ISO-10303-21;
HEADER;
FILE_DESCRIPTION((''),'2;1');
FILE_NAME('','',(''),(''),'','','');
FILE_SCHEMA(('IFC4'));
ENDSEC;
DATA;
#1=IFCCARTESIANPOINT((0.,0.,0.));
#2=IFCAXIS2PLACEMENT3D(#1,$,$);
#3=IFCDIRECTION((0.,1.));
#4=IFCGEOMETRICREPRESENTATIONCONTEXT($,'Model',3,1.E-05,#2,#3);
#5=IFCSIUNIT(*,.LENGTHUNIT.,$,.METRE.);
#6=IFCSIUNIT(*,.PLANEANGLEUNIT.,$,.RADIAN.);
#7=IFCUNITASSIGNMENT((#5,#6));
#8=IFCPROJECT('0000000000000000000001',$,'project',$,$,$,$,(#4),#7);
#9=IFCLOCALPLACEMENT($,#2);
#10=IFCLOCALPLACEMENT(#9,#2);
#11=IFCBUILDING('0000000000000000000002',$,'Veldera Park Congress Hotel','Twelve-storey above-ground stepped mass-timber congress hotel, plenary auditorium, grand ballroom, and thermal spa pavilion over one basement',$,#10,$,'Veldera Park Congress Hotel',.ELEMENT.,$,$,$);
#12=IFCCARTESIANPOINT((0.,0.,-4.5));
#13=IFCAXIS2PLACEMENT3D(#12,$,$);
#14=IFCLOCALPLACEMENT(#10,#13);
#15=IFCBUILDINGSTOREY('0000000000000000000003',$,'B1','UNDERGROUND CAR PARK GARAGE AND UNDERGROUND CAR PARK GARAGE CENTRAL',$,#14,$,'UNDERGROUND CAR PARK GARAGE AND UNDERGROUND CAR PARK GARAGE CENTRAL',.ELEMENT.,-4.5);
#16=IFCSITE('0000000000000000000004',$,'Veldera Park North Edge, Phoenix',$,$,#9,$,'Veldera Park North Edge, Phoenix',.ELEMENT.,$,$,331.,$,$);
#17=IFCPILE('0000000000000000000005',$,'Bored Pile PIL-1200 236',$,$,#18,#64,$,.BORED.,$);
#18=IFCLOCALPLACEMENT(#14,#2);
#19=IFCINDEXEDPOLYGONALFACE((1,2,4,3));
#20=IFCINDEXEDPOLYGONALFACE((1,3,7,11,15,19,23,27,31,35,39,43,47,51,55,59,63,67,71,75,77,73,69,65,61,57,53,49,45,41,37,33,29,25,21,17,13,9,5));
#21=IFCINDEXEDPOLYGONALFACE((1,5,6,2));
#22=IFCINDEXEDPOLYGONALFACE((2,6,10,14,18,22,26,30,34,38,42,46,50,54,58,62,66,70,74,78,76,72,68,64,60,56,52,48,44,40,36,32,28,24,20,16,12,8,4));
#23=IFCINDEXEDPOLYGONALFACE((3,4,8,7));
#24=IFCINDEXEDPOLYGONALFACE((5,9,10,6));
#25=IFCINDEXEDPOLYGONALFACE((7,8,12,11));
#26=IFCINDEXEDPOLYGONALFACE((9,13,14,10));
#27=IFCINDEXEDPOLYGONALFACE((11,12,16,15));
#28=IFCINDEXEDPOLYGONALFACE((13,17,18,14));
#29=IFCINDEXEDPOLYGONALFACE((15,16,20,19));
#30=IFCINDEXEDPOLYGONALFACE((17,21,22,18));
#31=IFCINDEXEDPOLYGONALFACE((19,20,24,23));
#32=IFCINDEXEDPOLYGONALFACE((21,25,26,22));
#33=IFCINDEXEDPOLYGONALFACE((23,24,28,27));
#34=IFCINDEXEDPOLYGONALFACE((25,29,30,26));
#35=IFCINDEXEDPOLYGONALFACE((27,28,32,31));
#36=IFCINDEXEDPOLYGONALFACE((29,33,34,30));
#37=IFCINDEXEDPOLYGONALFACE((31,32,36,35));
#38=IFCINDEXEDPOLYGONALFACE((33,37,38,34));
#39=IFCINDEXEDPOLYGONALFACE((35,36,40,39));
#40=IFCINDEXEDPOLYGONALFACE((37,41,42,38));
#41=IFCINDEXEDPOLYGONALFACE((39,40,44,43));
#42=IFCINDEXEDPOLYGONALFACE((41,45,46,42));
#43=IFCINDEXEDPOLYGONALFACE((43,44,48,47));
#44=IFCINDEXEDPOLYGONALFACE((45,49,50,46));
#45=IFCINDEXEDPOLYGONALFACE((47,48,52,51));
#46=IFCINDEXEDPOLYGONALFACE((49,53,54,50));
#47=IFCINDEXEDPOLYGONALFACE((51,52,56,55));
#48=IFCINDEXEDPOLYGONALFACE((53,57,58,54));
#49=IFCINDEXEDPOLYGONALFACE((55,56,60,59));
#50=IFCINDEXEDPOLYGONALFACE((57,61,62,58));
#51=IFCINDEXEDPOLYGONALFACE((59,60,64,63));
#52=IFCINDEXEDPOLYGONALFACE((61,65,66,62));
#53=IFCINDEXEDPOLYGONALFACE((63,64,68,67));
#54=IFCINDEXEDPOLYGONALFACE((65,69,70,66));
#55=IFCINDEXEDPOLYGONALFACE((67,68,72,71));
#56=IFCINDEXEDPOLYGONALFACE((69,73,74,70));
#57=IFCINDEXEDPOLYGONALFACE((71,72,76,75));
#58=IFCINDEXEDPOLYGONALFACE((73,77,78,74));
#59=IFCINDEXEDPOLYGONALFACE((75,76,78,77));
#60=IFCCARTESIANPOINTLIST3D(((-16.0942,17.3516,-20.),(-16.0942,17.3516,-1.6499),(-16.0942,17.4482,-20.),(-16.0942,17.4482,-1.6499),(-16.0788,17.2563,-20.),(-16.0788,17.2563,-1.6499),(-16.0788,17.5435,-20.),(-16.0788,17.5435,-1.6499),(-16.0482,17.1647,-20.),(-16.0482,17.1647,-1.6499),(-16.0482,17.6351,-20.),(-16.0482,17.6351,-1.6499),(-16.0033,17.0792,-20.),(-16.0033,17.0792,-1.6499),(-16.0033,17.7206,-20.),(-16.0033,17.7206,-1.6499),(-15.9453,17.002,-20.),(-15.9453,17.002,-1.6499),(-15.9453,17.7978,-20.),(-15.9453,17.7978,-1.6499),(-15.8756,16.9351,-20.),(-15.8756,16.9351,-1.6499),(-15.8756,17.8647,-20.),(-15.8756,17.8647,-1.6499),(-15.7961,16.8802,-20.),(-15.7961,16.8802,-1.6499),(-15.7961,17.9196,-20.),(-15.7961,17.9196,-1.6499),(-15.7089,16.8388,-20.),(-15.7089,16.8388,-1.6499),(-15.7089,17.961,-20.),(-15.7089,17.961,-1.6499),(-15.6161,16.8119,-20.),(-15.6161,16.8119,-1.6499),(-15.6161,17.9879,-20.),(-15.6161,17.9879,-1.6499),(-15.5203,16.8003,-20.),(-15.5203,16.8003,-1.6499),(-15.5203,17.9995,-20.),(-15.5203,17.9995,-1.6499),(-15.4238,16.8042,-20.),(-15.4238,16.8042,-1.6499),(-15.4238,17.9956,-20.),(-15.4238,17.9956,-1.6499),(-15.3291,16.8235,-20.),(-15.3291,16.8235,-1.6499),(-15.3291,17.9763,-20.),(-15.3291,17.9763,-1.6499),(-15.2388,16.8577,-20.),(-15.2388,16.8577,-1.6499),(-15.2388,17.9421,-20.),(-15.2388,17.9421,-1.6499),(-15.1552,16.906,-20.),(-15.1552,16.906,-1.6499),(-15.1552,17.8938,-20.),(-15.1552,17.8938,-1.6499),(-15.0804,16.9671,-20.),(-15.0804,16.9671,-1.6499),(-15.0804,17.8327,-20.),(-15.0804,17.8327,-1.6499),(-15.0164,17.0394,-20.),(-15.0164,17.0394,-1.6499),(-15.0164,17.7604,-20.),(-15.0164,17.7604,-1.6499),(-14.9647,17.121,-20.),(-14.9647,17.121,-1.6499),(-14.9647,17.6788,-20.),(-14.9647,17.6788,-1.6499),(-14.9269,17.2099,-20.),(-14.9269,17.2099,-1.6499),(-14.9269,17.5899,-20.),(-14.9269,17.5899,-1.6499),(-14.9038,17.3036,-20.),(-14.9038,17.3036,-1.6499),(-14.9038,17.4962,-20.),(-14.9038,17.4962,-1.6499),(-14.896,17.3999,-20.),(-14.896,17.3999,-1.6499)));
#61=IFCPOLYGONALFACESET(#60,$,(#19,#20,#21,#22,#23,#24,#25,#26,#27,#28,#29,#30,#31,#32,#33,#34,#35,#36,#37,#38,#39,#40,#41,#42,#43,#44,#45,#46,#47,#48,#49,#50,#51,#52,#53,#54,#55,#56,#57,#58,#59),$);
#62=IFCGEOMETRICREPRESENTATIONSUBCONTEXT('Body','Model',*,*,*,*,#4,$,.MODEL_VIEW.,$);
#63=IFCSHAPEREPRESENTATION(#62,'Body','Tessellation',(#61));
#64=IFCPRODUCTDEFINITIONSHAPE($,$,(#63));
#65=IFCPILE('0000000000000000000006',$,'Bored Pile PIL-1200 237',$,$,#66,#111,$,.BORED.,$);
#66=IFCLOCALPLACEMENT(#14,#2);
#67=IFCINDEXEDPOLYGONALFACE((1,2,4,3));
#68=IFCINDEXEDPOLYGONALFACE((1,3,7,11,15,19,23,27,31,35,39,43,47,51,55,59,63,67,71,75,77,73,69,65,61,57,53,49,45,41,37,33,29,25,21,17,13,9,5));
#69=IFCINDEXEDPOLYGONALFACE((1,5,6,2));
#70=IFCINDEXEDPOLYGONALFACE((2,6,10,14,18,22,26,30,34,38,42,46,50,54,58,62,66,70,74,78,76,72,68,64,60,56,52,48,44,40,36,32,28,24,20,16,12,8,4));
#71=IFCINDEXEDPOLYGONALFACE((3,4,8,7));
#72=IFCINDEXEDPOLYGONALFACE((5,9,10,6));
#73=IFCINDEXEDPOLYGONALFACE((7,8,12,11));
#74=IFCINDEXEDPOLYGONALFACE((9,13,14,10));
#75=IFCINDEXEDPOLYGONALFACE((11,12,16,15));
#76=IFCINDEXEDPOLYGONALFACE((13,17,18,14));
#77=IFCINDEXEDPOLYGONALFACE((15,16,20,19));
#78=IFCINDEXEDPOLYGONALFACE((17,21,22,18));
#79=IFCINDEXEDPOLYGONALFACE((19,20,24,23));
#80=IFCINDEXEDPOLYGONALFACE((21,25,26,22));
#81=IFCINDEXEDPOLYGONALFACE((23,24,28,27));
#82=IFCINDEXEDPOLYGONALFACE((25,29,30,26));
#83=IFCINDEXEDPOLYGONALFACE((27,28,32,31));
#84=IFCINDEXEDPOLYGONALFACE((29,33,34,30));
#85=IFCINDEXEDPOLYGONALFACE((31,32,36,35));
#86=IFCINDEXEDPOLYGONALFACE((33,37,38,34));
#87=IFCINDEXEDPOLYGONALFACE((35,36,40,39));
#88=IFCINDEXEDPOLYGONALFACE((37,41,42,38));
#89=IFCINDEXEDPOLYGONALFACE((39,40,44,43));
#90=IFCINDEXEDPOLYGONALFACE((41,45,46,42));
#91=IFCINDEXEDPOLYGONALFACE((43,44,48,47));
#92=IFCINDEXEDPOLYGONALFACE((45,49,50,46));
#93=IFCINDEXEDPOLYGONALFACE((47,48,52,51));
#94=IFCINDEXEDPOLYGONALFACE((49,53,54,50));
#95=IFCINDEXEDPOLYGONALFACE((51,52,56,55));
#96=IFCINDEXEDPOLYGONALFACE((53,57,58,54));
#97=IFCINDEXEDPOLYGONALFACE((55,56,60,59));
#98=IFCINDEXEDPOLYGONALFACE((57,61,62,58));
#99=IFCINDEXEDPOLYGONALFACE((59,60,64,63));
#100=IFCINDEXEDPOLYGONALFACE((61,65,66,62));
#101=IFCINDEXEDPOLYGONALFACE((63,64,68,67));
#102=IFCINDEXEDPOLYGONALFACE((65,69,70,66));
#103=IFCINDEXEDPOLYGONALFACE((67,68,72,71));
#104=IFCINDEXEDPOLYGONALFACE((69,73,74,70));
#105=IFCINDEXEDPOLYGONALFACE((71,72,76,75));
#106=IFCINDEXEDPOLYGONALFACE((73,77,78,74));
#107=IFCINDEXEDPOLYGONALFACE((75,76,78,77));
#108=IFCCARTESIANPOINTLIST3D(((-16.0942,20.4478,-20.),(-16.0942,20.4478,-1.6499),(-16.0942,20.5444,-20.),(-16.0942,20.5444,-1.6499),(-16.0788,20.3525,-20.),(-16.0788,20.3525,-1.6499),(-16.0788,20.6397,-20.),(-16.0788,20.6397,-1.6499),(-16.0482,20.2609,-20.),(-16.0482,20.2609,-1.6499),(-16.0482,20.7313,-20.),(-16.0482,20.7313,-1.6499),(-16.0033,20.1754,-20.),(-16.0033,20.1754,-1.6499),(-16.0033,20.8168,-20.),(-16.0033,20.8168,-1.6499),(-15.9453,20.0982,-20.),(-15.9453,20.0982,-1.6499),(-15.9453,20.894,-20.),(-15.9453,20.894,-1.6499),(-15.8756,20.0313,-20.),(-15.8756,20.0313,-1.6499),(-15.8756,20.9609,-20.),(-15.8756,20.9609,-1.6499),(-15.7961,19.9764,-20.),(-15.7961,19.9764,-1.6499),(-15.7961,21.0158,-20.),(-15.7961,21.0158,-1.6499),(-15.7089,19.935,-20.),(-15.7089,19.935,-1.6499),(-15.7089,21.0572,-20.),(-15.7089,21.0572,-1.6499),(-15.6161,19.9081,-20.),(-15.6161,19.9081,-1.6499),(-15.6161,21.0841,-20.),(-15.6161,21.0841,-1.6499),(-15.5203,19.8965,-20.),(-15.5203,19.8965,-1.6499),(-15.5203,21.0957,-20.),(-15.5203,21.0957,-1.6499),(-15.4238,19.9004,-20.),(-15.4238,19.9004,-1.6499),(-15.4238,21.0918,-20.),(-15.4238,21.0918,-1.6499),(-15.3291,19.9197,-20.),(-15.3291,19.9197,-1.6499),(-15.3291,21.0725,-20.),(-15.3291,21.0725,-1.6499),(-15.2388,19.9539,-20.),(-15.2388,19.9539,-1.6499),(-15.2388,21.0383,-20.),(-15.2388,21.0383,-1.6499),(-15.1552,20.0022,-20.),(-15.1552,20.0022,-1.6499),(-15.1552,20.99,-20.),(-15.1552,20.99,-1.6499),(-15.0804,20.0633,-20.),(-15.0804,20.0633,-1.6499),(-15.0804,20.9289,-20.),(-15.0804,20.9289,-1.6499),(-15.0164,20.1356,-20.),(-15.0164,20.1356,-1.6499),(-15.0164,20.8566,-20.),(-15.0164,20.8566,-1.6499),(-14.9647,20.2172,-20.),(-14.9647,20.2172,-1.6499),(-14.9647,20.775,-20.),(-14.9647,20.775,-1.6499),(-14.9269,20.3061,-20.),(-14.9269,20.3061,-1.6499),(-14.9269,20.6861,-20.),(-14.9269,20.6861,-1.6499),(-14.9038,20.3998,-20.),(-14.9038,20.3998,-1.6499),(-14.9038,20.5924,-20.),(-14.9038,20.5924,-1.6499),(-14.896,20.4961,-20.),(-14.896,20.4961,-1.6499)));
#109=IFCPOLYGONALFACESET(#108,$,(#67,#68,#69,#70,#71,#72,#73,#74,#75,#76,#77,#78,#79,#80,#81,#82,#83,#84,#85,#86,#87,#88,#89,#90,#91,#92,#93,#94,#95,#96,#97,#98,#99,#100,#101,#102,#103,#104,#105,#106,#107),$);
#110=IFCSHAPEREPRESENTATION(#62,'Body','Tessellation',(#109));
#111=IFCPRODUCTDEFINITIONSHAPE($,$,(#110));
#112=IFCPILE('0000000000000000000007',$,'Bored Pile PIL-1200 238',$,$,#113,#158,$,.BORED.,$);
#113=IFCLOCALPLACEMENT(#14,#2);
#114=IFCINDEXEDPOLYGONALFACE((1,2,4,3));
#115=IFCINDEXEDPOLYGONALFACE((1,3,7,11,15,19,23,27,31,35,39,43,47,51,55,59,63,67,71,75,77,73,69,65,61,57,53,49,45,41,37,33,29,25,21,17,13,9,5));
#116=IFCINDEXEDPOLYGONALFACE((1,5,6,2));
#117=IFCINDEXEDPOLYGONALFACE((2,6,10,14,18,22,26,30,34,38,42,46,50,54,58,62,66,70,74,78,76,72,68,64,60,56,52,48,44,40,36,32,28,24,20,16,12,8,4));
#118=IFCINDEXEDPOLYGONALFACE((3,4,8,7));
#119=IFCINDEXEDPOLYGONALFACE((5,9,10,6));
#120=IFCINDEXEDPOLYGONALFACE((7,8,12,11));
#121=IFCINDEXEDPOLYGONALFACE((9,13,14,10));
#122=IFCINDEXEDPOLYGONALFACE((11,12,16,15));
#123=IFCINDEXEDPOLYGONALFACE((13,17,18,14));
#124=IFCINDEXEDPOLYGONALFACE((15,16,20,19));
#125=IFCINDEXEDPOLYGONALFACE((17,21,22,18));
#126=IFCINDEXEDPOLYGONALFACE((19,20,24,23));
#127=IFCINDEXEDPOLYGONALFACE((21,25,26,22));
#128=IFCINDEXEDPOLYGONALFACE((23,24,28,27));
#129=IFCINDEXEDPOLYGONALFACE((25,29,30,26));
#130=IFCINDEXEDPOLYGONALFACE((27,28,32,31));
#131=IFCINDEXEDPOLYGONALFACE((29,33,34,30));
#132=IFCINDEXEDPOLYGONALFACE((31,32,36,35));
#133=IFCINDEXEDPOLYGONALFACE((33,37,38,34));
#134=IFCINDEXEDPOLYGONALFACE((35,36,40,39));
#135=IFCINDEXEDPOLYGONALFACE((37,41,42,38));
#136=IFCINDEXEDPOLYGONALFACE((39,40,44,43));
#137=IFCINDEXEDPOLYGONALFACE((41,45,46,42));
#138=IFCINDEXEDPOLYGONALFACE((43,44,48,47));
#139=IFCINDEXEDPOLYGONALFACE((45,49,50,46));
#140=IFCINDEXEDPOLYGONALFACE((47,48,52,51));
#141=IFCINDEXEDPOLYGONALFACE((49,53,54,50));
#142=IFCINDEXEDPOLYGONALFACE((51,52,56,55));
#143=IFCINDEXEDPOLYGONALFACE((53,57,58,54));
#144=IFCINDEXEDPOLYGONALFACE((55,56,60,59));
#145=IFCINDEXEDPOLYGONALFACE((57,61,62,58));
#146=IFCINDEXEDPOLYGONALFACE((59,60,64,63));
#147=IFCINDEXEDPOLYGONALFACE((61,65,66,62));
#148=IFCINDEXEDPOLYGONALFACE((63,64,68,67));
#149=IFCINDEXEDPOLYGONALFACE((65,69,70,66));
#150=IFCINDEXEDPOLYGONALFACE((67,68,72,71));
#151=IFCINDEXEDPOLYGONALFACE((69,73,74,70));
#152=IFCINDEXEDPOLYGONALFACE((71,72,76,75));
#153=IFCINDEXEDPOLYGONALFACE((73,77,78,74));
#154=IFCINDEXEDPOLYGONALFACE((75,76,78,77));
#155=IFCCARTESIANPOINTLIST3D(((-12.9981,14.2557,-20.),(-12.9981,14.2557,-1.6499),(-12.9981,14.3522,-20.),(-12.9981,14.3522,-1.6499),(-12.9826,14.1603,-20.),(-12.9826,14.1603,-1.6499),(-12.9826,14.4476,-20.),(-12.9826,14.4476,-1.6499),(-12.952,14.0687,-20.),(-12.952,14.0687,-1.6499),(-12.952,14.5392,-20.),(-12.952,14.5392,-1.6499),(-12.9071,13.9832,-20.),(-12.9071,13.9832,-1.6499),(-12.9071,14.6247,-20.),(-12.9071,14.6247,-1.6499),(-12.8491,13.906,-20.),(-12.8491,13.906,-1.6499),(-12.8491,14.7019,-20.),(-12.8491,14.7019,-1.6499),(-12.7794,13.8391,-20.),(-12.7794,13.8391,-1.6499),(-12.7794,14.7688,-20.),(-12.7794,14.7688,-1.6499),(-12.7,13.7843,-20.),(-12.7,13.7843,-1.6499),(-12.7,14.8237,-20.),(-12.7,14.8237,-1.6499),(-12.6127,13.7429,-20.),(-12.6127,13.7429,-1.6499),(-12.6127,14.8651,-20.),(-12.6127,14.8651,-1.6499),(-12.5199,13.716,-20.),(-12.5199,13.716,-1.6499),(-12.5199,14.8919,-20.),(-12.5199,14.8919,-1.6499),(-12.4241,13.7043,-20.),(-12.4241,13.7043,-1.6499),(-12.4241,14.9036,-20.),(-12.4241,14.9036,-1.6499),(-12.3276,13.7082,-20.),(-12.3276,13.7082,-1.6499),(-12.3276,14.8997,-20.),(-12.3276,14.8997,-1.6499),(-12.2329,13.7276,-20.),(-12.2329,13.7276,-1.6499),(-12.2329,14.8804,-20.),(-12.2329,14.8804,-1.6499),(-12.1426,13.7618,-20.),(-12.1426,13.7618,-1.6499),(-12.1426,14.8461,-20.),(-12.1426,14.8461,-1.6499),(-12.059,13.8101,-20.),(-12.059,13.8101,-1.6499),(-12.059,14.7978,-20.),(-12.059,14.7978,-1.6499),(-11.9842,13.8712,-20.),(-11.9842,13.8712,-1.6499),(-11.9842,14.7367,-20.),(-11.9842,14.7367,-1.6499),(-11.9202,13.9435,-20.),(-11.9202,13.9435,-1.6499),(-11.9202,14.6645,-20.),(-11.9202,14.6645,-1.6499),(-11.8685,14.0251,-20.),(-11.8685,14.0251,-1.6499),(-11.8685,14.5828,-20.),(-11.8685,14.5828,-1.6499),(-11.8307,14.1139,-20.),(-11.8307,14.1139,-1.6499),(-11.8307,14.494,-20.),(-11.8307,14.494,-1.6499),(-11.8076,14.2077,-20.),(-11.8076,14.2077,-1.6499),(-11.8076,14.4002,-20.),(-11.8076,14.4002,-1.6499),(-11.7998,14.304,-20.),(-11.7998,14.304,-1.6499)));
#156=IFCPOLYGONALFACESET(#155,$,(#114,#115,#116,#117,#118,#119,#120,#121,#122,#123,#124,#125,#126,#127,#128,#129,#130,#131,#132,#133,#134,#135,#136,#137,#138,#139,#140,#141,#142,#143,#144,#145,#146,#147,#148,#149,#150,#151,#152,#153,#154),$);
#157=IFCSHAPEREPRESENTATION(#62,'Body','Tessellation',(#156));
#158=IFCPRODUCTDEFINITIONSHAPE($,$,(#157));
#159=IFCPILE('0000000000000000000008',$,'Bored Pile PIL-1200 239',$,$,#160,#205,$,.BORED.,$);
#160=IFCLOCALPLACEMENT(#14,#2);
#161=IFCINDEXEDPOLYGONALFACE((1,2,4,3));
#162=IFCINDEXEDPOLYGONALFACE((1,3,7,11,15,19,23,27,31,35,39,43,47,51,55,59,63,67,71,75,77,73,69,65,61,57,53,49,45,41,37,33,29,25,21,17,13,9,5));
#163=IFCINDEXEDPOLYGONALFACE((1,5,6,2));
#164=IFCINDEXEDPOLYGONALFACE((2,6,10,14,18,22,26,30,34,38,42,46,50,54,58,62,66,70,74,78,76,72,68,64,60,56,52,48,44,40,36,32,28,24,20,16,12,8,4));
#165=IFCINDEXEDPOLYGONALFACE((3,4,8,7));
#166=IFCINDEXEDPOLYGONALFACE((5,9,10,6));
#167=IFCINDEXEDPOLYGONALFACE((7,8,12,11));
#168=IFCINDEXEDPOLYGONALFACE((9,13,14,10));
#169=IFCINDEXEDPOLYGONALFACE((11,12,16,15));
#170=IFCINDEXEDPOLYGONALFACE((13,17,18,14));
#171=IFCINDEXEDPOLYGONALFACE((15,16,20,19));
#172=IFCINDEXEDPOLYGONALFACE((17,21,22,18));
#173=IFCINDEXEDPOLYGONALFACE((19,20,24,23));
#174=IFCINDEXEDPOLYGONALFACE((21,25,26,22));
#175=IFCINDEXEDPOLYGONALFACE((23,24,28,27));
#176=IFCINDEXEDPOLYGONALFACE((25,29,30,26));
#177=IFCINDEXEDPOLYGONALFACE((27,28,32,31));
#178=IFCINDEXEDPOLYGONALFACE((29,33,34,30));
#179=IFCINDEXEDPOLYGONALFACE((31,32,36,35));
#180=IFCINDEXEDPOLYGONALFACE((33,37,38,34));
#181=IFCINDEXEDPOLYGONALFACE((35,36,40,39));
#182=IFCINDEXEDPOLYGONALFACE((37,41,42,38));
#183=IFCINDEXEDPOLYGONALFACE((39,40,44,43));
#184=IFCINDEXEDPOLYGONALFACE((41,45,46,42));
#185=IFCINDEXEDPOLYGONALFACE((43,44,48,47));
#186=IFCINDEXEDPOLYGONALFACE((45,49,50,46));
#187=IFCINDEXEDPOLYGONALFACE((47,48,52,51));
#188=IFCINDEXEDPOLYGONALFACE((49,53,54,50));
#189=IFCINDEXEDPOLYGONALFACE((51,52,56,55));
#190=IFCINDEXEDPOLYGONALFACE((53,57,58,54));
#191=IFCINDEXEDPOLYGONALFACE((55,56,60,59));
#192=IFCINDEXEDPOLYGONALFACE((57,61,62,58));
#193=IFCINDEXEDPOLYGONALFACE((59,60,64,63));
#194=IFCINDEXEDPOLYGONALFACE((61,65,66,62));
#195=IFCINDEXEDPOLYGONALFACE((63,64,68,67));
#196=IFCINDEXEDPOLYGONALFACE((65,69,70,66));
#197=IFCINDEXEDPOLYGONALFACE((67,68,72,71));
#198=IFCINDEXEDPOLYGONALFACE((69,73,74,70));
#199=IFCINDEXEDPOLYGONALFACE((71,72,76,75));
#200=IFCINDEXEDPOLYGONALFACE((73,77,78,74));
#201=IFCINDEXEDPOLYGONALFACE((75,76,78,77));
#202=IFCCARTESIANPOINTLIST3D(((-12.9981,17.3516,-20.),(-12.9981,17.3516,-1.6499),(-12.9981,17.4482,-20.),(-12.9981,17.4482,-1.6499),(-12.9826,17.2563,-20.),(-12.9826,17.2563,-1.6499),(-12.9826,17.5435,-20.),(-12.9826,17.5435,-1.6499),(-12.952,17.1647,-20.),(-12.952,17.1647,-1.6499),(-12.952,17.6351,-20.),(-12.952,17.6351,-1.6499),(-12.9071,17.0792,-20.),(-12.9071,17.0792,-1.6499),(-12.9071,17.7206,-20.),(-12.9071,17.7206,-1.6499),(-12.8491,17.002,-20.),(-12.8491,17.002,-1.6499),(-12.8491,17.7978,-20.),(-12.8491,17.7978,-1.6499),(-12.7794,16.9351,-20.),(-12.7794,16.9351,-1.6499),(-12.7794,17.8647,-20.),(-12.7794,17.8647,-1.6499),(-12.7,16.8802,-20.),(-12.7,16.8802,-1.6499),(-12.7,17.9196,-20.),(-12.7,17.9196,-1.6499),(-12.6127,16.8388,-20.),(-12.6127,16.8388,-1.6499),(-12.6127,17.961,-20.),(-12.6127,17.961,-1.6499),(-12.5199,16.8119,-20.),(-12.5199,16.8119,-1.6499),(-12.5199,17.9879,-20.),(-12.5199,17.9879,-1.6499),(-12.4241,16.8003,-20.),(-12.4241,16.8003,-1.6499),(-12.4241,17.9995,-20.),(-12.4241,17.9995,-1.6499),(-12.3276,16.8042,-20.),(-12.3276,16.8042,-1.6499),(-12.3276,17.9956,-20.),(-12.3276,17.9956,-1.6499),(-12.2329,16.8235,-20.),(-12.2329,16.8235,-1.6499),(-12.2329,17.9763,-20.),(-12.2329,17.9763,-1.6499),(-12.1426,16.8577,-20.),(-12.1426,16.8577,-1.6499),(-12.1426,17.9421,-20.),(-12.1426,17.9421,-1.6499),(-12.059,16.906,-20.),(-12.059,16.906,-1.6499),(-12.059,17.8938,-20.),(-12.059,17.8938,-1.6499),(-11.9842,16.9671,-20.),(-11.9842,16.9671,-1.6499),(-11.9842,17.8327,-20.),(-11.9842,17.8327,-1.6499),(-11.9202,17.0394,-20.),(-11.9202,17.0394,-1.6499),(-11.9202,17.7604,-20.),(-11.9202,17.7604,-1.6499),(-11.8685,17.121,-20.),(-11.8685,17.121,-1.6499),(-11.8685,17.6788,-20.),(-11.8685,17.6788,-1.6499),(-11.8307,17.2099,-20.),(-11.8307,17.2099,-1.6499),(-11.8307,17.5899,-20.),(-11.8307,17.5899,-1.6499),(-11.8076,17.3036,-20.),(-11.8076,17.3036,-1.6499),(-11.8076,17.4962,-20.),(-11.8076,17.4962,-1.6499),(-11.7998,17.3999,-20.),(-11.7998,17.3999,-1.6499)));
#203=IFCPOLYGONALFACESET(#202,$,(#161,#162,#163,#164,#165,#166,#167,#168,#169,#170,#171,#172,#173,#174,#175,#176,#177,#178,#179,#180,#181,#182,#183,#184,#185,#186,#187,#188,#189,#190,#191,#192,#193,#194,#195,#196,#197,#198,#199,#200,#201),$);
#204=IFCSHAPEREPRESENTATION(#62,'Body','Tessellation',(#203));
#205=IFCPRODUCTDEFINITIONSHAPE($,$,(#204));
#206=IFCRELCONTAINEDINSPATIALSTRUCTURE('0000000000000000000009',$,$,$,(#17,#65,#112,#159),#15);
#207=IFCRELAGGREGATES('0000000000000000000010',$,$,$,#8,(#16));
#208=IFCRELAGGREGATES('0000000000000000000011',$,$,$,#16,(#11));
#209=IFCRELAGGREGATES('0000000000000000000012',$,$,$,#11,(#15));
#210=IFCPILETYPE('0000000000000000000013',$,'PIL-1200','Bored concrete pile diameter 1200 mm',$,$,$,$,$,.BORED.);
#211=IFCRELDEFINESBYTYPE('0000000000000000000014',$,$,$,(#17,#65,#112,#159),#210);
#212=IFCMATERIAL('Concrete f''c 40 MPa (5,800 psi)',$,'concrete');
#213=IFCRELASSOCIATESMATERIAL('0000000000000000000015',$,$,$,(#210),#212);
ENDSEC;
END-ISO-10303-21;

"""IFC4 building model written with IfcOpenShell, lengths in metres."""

from ifc_helpers import new_model, si_unit, direction, frame, origin, origin_2d, place, context, subcontext, project, spatial, circle, extrude, material, material_profile, profile_set, type_object, element, save


model = new_model("IFC4")

# Units and contexts
model_context = context("Model", 3, precision=1e-05, world=origin(), true_north=direction((0.0, 1.0)))
body_context = subcontext(model_context, "Body", "Model", "MODEL_VIEW")
ifc_project = project(units=[si_unit("LENGTHUNIT", "METRE"), si_unit("PLANEANGLEUNIT", "RADIAN")], contexts=[model_context])

# Site, building, storey
site_placement = place(None, origin())
site = spatial("IfcSite", under=ifc_project, at=site_placement, Name="Veldera Park North Edge, Phoenix", LongName="Veldera Park North Edge, Phoenix", CompositionType="ELEMENT", RefElevation=331.0)
building_placement = place(site_placement, origin())
building = spatial("IfcBuilding", under=site, at=building_placement, Name="Veldera Park Congress Hotel", Description="Twelve-storey above-ground stepped mass-timber congress hotel, plenary auditorium, grand ballroom, and thermal spa pavilion over one basement", LongName="Veldera Park Congress Hotel", CompositionType="ELEMENT")
storey_placement = place(building_placement, frame((0.0, 0.0, -4.5)))
storey = spatial("IfcBuildingStorey", under=building, at=storey_placement, Name="B1", Description="UNDERGROUND CAR PARK GARAGE AND UNDERGROUND CAR PARK GARAGE CENTRAL", LongName="UNDERGROUND CAR PARK GARAGE AND UNDERGROUND CAR PARK GARAGE CENTRAL", CompositionType="ELEMENT", Elevation=-4.5)

# Shared definitions
ifc_material_1 = material(Name="Concrete f'c 40 MPa (5,800 psi)", Category="concrete")

# Piles
ifc_material_profile_1 = material_profile(ifc_material_1, circle(Radius=0.6001, at=origin_2d()), Name="PILE D1200")
ifc_profile_set_1 = profile_set([ifc_material_profile_1], Name="Concrete f'c 40 MPa (5,800 psi)")
pile_type = type_object("IfcPileType", Name="PIL-1200", Description="Bored concrete pile diameter 1200 mm", PredefinedType="BORED", material=ifc_profile_set_1)
for number, where, z_axis, x_axis, name in (
    (1, (-15.4961, 17.3999, -1.6499), (0.0, 0.0, -1.0), (1.0, 0.0, 0.0), "Bored Pile PIL-1200 236"),
    (2, (-15.4961, 20.4961, -1.6499), (0.0, 0.0, -1.0), (1.0, 0.0, 0.0), "Bored Pile PIL-1200 237"),
    (3, (-12.3999, 14.304, -1.6499), (0.0, 0.0, -1.0), (1.0, 0.0, 0.0), "Bored Pile PIL-1200 238"),
    (4, (-12.3999, 17.3999, -1.6499), (0.0, 0.0, -1.0), (1.0, 0.0, 0.0), "Bored Pile PIL-1200 239"),
):
    element("IfcPile", number, at=place(storey_placement, frame(where, z_axis=z_axis, x_axis=x_axis)), inside=storey, type_object=pile_type, Name=name, PredefinedType="BORED", context=body_context, shape_type="SweptSolid", body=[
        extrude(circle(Radius=0.6001, at=origin_2d()), origin(), (0.0, 0.0, 1.0), 18.3501),
    ])

save(model, "model.ifc")
